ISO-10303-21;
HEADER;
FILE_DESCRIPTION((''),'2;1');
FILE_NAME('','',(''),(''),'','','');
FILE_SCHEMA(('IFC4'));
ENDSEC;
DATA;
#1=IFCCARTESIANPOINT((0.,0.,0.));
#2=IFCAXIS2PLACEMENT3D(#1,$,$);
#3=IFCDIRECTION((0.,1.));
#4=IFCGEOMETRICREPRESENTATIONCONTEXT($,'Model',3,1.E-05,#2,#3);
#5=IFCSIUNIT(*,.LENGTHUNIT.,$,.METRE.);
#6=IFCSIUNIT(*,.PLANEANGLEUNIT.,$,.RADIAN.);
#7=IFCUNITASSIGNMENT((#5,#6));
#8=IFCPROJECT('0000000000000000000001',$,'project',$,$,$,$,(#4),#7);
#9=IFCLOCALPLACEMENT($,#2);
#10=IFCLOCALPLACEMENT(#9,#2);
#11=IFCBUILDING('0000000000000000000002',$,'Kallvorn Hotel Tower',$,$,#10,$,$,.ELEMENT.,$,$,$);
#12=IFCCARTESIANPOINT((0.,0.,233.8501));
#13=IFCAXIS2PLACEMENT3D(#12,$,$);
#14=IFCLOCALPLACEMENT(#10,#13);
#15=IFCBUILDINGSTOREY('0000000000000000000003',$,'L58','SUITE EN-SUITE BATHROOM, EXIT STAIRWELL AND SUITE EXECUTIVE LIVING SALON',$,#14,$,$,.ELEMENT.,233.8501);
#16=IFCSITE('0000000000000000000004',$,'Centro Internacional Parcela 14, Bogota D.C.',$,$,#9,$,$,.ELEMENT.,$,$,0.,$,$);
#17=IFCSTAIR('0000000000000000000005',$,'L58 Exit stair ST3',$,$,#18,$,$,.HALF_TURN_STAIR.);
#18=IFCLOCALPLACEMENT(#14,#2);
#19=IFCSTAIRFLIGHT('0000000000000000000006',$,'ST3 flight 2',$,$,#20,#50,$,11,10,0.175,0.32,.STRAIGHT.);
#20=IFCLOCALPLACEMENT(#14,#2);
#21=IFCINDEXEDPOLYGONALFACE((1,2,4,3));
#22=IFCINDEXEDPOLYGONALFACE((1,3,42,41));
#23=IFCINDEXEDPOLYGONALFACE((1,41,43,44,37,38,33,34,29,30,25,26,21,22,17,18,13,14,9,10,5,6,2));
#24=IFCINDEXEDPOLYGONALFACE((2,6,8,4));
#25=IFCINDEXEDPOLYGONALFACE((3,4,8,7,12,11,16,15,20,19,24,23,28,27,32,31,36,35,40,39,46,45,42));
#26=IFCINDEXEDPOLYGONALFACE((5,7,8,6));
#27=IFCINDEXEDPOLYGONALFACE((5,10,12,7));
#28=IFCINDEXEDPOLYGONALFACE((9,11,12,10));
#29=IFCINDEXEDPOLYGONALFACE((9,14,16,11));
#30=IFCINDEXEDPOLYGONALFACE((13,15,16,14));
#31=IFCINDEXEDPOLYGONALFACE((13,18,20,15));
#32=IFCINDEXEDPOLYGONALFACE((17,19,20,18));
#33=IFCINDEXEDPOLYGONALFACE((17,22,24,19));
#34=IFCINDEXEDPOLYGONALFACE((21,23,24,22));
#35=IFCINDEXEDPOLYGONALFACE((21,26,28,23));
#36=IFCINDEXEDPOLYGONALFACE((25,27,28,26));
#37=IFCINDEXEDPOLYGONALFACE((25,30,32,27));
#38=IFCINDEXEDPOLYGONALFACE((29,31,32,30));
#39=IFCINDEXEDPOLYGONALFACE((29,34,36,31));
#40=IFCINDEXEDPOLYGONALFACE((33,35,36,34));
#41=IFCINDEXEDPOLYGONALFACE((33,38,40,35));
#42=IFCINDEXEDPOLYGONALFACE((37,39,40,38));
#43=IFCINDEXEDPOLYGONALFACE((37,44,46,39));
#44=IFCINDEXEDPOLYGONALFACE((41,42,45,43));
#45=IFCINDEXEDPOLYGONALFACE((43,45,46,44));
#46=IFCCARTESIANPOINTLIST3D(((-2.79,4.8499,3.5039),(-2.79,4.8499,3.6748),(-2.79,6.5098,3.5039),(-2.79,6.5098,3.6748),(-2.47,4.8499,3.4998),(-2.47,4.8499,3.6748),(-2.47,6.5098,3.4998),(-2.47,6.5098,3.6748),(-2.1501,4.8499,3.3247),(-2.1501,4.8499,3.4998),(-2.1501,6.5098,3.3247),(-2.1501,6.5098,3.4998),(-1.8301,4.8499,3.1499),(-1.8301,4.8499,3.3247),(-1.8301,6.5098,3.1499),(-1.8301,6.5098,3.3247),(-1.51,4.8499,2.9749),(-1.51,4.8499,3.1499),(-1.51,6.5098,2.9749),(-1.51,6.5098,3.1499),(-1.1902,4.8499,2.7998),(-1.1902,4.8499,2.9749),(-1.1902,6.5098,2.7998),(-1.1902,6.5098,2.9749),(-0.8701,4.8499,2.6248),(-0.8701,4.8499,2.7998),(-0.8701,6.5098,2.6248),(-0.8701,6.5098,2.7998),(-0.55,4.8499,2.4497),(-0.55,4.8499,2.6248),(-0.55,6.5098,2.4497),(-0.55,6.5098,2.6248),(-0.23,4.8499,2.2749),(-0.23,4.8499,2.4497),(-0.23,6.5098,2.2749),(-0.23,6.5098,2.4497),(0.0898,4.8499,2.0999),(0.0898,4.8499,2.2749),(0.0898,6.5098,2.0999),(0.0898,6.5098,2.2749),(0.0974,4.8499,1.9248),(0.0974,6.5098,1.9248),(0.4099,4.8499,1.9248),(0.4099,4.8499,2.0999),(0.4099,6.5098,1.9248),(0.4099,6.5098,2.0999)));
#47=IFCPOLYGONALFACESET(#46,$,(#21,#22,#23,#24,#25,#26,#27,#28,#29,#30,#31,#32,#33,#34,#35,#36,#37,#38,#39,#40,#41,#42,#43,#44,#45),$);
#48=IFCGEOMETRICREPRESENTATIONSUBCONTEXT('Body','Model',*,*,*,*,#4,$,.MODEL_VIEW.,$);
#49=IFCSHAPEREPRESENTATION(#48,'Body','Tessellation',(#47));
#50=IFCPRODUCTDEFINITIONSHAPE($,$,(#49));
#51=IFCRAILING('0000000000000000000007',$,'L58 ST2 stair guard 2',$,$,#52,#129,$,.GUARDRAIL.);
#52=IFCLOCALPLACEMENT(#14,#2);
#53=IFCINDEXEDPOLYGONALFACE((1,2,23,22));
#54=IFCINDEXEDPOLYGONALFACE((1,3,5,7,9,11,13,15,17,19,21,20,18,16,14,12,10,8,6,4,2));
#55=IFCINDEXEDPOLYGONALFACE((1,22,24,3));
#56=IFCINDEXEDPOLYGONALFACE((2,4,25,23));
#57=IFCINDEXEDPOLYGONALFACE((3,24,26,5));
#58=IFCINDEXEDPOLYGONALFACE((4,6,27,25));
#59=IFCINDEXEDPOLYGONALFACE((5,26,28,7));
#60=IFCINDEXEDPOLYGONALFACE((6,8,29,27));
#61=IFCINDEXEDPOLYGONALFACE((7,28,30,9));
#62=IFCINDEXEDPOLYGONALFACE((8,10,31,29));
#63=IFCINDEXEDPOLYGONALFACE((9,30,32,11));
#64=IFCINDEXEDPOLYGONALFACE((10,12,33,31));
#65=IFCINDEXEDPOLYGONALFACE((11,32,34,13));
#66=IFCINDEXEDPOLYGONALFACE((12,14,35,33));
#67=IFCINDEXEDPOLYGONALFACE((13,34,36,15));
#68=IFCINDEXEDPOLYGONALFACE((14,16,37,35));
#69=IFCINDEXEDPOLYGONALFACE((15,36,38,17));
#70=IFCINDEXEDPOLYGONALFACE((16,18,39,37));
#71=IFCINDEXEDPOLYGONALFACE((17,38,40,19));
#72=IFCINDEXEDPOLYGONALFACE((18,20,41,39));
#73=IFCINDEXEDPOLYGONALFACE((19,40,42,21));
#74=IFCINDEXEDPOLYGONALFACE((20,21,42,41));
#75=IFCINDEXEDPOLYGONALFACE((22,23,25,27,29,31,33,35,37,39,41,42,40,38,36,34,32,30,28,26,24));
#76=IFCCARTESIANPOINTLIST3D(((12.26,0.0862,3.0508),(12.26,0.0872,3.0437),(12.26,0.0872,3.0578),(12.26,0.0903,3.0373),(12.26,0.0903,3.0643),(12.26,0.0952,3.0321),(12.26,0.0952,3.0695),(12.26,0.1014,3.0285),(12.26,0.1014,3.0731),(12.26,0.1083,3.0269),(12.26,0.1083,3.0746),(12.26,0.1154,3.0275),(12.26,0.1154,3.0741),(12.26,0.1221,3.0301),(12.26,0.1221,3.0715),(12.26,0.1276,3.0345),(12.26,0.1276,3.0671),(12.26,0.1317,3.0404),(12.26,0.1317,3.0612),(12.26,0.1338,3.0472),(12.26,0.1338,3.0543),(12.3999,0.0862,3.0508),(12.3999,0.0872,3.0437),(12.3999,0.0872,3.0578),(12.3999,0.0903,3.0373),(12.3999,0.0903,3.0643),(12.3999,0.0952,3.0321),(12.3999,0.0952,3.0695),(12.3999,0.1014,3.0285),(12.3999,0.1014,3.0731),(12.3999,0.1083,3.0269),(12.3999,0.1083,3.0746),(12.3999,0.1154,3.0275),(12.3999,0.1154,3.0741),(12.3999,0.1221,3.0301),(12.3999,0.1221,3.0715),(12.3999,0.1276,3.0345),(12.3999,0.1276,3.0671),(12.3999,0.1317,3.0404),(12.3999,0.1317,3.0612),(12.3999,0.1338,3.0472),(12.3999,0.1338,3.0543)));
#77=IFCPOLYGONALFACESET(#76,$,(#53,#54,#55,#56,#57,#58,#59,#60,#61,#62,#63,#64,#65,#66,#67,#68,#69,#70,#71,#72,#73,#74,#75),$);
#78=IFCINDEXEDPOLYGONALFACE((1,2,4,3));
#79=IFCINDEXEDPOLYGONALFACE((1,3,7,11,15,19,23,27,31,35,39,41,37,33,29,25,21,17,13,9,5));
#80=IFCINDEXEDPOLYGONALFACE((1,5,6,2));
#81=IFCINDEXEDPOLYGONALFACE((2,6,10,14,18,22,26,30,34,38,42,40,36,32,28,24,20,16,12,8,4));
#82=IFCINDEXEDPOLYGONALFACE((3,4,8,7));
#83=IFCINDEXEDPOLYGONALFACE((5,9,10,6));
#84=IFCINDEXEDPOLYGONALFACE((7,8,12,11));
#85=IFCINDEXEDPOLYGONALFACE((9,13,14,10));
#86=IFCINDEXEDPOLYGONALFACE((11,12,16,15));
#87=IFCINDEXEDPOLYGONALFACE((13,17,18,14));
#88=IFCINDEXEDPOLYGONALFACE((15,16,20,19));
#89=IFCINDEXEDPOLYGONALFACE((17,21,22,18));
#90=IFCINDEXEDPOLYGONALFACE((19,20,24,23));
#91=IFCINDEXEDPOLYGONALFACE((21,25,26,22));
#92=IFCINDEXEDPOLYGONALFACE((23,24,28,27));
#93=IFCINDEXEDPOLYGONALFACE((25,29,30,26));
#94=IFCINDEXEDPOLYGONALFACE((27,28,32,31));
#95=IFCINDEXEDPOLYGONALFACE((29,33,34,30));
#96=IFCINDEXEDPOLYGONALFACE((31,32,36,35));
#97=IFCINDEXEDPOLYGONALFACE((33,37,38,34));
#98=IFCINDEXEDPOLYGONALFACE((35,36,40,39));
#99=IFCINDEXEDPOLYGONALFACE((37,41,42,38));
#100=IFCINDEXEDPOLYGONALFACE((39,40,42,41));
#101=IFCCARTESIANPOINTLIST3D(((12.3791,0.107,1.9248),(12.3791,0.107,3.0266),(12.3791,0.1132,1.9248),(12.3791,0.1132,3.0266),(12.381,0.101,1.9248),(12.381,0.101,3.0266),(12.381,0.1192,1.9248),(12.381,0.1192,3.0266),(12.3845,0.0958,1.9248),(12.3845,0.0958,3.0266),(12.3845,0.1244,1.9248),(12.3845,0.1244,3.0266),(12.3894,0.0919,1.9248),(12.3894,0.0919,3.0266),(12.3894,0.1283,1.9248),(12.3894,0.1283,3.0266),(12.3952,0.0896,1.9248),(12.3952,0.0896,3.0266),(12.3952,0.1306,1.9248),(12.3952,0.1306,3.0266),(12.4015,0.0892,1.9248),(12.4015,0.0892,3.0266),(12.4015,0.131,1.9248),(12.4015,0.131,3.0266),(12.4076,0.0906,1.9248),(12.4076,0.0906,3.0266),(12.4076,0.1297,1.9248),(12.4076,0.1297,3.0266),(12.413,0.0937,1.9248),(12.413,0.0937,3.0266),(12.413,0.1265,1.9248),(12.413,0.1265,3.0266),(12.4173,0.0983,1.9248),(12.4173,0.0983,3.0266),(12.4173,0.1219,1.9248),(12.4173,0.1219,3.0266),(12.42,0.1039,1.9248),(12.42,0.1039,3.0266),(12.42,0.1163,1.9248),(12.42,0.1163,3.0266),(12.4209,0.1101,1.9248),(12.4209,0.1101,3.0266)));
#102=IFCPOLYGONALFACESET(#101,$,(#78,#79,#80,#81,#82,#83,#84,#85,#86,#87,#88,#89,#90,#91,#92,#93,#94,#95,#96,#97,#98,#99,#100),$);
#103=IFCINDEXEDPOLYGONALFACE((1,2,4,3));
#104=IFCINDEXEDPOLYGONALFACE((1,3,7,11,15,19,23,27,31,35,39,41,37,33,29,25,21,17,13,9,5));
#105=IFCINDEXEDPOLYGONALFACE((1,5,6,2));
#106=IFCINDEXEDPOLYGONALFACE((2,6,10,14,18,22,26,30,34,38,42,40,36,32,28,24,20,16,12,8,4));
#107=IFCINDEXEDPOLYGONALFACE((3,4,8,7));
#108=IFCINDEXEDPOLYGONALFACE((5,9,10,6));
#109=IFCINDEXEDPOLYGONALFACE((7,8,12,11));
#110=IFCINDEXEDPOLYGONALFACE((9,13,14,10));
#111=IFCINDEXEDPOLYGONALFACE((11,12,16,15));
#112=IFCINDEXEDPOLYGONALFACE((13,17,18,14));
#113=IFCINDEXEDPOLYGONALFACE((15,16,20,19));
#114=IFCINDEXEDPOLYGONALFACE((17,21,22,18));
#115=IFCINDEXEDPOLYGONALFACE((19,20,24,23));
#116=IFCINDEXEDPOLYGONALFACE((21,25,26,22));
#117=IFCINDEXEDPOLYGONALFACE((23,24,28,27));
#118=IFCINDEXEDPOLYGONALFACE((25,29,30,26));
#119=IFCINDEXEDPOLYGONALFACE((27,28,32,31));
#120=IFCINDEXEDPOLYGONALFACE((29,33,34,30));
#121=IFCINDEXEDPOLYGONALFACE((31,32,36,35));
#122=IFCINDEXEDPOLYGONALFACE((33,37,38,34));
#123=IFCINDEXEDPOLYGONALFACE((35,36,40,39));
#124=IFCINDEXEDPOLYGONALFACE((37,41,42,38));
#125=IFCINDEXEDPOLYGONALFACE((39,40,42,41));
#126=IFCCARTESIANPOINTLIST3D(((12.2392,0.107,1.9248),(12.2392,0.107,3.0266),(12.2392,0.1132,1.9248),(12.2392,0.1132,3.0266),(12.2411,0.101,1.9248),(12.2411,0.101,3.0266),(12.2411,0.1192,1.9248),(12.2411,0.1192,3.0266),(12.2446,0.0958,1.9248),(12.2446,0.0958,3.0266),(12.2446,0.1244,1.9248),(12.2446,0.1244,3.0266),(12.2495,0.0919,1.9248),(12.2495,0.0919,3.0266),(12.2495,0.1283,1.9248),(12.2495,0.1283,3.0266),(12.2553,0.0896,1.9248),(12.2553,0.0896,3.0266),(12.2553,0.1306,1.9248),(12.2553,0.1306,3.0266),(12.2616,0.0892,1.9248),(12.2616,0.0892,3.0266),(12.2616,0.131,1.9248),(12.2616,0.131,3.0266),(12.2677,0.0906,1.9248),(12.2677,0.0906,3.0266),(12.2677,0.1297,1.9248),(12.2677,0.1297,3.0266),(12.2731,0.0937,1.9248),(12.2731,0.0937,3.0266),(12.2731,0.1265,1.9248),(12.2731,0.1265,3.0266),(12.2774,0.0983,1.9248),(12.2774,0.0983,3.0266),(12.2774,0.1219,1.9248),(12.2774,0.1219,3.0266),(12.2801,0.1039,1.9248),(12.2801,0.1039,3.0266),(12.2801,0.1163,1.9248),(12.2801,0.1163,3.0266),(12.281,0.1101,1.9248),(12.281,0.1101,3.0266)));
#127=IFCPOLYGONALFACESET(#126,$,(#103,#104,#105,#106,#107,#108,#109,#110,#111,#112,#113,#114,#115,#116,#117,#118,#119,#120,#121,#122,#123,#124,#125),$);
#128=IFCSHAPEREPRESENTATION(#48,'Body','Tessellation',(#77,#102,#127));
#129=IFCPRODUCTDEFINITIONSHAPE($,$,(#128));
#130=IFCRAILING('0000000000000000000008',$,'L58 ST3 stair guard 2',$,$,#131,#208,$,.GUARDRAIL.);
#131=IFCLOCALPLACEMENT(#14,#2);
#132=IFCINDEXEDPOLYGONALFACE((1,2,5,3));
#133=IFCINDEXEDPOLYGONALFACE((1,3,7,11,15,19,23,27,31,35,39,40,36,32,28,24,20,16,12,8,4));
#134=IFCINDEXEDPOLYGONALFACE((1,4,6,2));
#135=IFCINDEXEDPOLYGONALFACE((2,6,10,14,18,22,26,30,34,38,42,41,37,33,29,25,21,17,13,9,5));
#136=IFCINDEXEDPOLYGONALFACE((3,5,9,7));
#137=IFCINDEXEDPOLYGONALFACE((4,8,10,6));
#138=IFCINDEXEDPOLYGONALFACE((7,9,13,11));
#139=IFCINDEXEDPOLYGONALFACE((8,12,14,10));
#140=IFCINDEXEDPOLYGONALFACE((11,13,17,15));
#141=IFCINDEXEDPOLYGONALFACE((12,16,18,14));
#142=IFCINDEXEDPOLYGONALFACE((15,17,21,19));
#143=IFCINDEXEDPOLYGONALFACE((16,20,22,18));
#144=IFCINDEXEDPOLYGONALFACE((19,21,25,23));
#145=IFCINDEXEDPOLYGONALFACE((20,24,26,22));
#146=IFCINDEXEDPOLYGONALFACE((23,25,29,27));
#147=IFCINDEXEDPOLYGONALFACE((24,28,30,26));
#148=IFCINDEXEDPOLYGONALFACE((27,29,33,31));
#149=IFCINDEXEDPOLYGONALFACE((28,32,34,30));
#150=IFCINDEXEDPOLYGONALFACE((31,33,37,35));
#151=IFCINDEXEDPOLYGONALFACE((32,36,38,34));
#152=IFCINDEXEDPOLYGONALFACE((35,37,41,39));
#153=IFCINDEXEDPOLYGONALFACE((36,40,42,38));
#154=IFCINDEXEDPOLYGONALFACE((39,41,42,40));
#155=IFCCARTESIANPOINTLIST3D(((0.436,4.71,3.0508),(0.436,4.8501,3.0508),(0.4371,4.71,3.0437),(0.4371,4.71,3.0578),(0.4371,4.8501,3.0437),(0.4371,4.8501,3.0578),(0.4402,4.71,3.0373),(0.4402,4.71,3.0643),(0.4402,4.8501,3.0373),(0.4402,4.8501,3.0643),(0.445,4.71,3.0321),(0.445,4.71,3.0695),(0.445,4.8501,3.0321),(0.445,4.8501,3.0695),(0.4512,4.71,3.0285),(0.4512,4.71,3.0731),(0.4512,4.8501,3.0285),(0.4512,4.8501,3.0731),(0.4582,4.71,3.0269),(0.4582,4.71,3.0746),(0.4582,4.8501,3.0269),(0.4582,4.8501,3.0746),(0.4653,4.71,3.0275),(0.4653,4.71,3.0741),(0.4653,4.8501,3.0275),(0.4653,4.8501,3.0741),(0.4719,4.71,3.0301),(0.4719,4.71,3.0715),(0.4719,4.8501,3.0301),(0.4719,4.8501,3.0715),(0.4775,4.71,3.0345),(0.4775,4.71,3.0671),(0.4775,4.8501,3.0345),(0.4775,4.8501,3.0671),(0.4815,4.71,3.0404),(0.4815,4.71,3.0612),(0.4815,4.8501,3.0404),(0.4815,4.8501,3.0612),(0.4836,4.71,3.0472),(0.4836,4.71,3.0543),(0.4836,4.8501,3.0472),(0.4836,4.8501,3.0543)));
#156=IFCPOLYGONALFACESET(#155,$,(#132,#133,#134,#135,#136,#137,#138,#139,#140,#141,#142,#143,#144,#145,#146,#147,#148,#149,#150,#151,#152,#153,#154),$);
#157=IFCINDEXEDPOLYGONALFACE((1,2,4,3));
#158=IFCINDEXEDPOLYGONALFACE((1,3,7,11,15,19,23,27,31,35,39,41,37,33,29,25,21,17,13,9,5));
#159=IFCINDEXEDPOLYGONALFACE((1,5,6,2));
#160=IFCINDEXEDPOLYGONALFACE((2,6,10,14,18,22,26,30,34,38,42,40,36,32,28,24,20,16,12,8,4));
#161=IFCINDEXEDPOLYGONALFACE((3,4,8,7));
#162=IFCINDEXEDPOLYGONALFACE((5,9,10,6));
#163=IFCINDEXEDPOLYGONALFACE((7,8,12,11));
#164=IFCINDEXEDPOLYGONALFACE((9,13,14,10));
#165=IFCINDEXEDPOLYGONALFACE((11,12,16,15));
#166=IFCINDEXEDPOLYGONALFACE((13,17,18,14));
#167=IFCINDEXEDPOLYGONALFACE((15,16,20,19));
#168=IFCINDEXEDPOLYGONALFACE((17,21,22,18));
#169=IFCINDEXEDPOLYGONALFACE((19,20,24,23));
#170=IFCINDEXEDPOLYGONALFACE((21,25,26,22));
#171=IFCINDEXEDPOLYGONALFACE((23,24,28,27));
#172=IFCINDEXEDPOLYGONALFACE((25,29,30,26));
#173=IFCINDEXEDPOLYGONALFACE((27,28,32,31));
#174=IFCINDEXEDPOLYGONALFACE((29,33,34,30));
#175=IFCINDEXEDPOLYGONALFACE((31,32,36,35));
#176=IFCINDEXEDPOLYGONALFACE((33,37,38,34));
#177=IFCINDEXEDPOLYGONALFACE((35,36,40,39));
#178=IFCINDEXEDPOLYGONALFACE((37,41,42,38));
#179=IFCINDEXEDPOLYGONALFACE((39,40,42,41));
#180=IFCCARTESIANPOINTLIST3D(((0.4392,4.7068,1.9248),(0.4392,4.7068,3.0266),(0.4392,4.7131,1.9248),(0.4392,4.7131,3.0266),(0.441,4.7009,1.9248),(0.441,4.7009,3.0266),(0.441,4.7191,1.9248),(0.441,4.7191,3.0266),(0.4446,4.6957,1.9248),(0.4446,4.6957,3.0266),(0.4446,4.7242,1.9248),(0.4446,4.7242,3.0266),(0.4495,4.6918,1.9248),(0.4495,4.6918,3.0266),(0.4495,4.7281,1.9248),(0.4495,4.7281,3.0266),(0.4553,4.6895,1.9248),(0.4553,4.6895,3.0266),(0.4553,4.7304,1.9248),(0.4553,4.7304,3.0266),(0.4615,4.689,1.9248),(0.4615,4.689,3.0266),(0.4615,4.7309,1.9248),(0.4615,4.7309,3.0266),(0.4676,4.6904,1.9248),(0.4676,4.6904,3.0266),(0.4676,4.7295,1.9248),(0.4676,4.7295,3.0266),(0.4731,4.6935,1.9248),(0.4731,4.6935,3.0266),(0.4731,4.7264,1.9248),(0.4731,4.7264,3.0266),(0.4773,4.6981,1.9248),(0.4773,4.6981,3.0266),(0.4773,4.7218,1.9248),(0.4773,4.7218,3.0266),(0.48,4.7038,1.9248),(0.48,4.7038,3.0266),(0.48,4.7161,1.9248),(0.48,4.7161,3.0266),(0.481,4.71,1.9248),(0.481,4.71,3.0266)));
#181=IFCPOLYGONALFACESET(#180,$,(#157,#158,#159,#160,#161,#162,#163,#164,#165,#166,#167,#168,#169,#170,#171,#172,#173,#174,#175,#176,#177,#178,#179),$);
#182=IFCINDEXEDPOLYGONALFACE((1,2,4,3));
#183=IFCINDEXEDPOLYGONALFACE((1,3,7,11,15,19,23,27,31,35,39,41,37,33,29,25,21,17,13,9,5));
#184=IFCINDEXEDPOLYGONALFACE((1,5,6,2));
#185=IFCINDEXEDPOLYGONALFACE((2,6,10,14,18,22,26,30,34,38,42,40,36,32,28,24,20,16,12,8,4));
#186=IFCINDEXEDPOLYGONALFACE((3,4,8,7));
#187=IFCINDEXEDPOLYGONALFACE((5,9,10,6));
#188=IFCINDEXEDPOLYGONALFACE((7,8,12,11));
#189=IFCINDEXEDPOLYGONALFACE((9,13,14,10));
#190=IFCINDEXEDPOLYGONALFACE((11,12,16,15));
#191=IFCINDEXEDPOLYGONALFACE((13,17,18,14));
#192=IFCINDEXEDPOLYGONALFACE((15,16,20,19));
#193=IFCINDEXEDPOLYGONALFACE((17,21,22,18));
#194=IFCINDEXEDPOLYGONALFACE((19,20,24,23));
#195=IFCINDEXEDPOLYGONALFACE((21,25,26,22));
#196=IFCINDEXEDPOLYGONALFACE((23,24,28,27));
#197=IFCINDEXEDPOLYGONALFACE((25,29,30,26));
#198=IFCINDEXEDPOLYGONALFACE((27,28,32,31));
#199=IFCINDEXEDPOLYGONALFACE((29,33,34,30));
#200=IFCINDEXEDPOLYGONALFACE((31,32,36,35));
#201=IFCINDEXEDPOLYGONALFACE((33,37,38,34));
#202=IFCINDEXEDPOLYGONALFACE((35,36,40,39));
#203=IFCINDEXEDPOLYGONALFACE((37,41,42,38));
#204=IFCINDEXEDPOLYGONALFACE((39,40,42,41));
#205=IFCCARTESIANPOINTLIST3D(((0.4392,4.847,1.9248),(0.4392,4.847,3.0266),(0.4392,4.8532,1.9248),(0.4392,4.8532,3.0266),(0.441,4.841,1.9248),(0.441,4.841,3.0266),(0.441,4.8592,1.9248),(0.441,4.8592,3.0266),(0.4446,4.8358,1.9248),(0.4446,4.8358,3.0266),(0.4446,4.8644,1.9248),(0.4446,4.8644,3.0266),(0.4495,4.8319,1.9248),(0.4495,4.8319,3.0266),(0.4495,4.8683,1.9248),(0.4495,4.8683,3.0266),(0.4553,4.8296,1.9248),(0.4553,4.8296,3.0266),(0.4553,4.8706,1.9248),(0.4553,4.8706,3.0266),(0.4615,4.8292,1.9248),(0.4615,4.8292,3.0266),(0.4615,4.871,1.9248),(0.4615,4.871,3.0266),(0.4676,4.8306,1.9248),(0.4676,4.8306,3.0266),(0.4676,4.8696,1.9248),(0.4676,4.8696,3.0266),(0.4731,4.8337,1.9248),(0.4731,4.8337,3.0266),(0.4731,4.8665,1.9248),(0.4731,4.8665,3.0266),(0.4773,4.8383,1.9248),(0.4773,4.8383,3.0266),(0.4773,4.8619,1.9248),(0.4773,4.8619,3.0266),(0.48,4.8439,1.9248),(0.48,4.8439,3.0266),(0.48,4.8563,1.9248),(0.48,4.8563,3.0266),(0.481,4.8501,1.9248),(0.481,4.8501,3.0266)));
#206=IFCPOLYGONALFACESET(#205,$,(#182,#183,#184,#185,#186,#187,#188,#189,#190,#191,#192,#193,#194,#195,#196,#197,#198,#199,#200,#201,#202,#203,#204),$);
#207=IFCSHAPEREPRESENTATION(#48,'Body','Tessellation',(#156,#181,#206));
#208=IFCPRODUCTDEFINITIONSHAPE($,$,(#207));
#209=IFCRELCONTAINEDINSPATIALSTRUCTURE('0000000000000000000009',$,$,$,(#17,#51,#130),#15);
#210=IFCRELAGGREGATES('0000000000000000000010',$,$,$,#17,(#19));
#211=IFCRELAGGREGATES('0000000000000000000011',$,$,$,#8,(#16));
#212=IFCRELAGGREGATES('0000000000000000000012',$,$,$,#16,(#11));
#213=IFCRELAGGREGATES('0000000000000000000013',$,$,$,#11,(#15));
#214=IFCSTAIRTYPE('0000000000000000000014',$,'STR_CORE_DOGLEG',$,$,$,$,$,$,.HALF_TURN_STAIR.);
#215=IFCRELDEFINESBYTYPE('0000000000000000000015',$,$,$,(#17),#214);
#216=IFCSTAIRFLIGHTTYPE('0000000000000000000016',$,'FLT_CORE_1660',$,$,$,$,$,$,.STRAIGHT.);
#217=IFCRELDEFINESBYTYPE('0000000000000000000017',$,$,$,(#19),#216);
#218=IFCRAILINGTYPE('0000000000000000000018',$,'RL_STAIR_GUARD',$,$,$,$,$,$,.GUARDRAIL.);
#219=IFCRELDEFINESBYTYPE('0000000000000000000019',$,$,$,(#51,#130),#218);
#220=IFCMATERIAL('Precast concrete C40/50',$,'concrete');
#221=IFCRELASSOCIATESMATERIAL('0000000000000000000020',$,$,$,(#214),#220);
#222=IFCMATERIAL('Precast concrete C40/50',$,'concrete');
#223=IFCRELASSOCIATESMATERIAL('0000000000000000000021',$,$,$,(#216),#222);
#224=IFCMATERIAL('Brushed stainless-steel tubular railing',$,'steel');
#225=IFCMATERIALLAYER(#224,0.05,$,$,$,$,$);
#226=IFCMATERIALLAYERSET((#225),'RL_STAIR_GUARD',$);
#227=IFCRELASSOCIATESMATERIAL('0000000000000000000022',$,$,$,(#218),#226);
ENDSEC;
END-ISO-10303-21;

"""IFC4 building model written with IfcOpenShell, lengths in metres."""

from ifc_helpers import new_model, si_unit, direction, frame, origin, origin_2d, place, context, subcontext, project, spatial, polyline, circle, outline, extrude, material, layer, layer_set, type_object, element, aggregate, save


model = new_model("IFC4")

# Units and contexts
model_context = context("Model", 3, precision=1e-05, world=origin(), true_north=direction((0.0, 1.0)))
body_context = subcontext(model_context, "Body", "Model", "MODEL_VIEW")
ifc_project = project(units=[si_unit("LENGTHUNIT", "METRE"), si_unit("PLANEANGLEUNIT", "RADIAN")], contexts=[model_context])

# Site, building, storey
site_placement = place(None, origin())
site = spatial("IfcSite", under=ifc_project, at=site_placement, Name="Centro Internacional Parcela 14, Bogota D.C.", CompositionType="ELEMENT", RefElevation=0.0)
building_placement = place(site_placement, origin())
building = spatial("IfcBuilding", under=site, at=building_placement, Name="Kallvorn Hotel Tower", CompositionType="ELEMENT")
storey_placement = place(building_placement, frame((0.0, 0.0, 233.8501)))
storey = spatial("IfcBuildingStorey", under=building, at=storey_placement, Name="L58", Description="SUITE EN-SUITE BATHROOM, EXIT STAIRWELL AND SUITE EXECUTIVE LIVING SALON", CompositionType="ELEMENT", Elevation=233.8501)

# Stair, stair flight
ifc_material_1 = material(Name="Precast concrete C40/50", Category="concrete")
stair_type = type_object("IfcStairType", Name="STR_CORE_DOGLEG", PredefinedType="HALF_TURN_STAIR", material=ifc_material_1)
stair_placement = place(storey_placement, origin())
stair = element("IfcStair", 1, at=stair_placement, inside=storey, type_object=stair_type, Name="L58 Exit stair ST3", PredefinedType="HALF_TURN_STAIR")
ifc_material_2 = material(Name="Precast concrete C40/50", Category="concrete")
stair_flight_type = type_object("IfcStairFlightType", Name="FLT_CORE_1660", PredefinedType="STRAIGHT", material=ifc_material_2)
stair_flight_placement = place(storey_placement, frame((0.4099, 5.6799, 1.9248), z_axis=(0.0, 0.0, 1.0), x_axis=(-1.0, 0.0, 0.0)))
stair_flight = element("IfcStairFlight", 2, at=stair_flight_placement, type_object=stair_flight_type, Name="ST3 flight 2", NumberOfRisers=11, NumberOfTreads=10, PredefinedType="STRAIGHT", RiserHeight=0.175, TreadLength=0.32, context=body_context, shape_type="SweptSolid", body=[
    extrude(outline(polyline([(0.0, 0.0), (0.0, 0.175), (0.3201, 0.175), (0.3201, 0.3501), (0.6399, 0.3501), (0.6399, 0.5249), (0.96, 0.5249), (0.96, 0.7), (1.28, 0.7), (1.28, 0.875), (1.6001, 0.875), (1.6001, 1.05), (1.9199, 1.05), (1.9199, 1.2251), (2.24, 1.2251), (2.24, 1.3999), (2.5601, 1.3999), (2.5601, 1.575), (2.8799, 1.575), (2.8799, 1.75), (3.2, 1.75), (3.2, 1.925), (3.2, 1.5791), (0.3125, 0.0), (0.0, 0.0)])), frame((0.0, 0.8301, 0.0), z_axis=(0.0, -1.0, 0.0), x_axis=(1.0, 0.0, 0.0)), (0.0, 0.0, 1.0), 1.6599),
])
aggregate(stair, [stair_flight])

# Railings
ifc_material_3 = material(Name="Brushed stainless-steel tubular railing", Category="steel")
ifc_layer_1 = layer(ifc_material_3, 0.05)
ifc_layer_set_1 = layer_set([ifc_layer_1], Name="RL_STAIR_GUARD")
railing_type_1 = type_object("IfcRailingType", Name="RL_STAIR_GUARD", PredefinedType="GUARDRAIL", material=ifc_layer_set_1)
railing_1_placement = place(storey_placement, frame((12.3999, 0.1101, 1.9248)))
element("IfcRailing", 3, at=railing_1_placement, inside=storey, type_object=railing_type_1, Name="L58 ST2 stair guard 2", PredefinedType="GUARDRAIL", context=body_context, shape_type="SweptSolid", body=[
    extrude(circle(Radius=0.0239, at=origin_2d()), frame((0.0, 0.0, 1.126), z_axis=(-1.0, 0.0, 0.0), x_axis=(0.0, -1.0, 0.0)), (0.0, 0.0, 1.0), 0.1399),
    extrude(circle(Radius=0.021, at=origin_2d()), origin(), (0.0, 0.0, 1.0), 1.1018),
    extrude(circle(Radius=0.021, at=origin_2d()), frame((-0.1399, 0.0, 0.0)), (0.0, 0.0, 1.0), 1.1018),
])
railing_2_placement = place(storey_placement, frame((0.46, 4.71, 1.9248)))
element("IfcRailing", 4, at=railing_2_placement, inside=storey, type_object=railing_type_1, Name="L58 ST3 stair guard 2", PredefinedType="GUARDRAIL", context=body_context, shape_type="SweptSolid", body=[
    extrude(circle(Radius=0.0239, at=origin_2d()), frame((0.0, 0.0, 1.126), z_axis=(0.0, 1.0, 0.0), x_axis=(-1.0, 0.0, 0.0)), (0.0, 0.0, 1.0), 0.1401),
    extrude(circle(Radius=0.021, at=origin_2d()), origin(), (0.0, 0.0, 1.0), 1.1018),
    extrude(circle(Radius=0.021, at=origin_2d()), frame((0.0, 0.1401, 0.0)), (0.0, 0.0, 1.0), 1.1018),
])

save(model, "model.ifc")
